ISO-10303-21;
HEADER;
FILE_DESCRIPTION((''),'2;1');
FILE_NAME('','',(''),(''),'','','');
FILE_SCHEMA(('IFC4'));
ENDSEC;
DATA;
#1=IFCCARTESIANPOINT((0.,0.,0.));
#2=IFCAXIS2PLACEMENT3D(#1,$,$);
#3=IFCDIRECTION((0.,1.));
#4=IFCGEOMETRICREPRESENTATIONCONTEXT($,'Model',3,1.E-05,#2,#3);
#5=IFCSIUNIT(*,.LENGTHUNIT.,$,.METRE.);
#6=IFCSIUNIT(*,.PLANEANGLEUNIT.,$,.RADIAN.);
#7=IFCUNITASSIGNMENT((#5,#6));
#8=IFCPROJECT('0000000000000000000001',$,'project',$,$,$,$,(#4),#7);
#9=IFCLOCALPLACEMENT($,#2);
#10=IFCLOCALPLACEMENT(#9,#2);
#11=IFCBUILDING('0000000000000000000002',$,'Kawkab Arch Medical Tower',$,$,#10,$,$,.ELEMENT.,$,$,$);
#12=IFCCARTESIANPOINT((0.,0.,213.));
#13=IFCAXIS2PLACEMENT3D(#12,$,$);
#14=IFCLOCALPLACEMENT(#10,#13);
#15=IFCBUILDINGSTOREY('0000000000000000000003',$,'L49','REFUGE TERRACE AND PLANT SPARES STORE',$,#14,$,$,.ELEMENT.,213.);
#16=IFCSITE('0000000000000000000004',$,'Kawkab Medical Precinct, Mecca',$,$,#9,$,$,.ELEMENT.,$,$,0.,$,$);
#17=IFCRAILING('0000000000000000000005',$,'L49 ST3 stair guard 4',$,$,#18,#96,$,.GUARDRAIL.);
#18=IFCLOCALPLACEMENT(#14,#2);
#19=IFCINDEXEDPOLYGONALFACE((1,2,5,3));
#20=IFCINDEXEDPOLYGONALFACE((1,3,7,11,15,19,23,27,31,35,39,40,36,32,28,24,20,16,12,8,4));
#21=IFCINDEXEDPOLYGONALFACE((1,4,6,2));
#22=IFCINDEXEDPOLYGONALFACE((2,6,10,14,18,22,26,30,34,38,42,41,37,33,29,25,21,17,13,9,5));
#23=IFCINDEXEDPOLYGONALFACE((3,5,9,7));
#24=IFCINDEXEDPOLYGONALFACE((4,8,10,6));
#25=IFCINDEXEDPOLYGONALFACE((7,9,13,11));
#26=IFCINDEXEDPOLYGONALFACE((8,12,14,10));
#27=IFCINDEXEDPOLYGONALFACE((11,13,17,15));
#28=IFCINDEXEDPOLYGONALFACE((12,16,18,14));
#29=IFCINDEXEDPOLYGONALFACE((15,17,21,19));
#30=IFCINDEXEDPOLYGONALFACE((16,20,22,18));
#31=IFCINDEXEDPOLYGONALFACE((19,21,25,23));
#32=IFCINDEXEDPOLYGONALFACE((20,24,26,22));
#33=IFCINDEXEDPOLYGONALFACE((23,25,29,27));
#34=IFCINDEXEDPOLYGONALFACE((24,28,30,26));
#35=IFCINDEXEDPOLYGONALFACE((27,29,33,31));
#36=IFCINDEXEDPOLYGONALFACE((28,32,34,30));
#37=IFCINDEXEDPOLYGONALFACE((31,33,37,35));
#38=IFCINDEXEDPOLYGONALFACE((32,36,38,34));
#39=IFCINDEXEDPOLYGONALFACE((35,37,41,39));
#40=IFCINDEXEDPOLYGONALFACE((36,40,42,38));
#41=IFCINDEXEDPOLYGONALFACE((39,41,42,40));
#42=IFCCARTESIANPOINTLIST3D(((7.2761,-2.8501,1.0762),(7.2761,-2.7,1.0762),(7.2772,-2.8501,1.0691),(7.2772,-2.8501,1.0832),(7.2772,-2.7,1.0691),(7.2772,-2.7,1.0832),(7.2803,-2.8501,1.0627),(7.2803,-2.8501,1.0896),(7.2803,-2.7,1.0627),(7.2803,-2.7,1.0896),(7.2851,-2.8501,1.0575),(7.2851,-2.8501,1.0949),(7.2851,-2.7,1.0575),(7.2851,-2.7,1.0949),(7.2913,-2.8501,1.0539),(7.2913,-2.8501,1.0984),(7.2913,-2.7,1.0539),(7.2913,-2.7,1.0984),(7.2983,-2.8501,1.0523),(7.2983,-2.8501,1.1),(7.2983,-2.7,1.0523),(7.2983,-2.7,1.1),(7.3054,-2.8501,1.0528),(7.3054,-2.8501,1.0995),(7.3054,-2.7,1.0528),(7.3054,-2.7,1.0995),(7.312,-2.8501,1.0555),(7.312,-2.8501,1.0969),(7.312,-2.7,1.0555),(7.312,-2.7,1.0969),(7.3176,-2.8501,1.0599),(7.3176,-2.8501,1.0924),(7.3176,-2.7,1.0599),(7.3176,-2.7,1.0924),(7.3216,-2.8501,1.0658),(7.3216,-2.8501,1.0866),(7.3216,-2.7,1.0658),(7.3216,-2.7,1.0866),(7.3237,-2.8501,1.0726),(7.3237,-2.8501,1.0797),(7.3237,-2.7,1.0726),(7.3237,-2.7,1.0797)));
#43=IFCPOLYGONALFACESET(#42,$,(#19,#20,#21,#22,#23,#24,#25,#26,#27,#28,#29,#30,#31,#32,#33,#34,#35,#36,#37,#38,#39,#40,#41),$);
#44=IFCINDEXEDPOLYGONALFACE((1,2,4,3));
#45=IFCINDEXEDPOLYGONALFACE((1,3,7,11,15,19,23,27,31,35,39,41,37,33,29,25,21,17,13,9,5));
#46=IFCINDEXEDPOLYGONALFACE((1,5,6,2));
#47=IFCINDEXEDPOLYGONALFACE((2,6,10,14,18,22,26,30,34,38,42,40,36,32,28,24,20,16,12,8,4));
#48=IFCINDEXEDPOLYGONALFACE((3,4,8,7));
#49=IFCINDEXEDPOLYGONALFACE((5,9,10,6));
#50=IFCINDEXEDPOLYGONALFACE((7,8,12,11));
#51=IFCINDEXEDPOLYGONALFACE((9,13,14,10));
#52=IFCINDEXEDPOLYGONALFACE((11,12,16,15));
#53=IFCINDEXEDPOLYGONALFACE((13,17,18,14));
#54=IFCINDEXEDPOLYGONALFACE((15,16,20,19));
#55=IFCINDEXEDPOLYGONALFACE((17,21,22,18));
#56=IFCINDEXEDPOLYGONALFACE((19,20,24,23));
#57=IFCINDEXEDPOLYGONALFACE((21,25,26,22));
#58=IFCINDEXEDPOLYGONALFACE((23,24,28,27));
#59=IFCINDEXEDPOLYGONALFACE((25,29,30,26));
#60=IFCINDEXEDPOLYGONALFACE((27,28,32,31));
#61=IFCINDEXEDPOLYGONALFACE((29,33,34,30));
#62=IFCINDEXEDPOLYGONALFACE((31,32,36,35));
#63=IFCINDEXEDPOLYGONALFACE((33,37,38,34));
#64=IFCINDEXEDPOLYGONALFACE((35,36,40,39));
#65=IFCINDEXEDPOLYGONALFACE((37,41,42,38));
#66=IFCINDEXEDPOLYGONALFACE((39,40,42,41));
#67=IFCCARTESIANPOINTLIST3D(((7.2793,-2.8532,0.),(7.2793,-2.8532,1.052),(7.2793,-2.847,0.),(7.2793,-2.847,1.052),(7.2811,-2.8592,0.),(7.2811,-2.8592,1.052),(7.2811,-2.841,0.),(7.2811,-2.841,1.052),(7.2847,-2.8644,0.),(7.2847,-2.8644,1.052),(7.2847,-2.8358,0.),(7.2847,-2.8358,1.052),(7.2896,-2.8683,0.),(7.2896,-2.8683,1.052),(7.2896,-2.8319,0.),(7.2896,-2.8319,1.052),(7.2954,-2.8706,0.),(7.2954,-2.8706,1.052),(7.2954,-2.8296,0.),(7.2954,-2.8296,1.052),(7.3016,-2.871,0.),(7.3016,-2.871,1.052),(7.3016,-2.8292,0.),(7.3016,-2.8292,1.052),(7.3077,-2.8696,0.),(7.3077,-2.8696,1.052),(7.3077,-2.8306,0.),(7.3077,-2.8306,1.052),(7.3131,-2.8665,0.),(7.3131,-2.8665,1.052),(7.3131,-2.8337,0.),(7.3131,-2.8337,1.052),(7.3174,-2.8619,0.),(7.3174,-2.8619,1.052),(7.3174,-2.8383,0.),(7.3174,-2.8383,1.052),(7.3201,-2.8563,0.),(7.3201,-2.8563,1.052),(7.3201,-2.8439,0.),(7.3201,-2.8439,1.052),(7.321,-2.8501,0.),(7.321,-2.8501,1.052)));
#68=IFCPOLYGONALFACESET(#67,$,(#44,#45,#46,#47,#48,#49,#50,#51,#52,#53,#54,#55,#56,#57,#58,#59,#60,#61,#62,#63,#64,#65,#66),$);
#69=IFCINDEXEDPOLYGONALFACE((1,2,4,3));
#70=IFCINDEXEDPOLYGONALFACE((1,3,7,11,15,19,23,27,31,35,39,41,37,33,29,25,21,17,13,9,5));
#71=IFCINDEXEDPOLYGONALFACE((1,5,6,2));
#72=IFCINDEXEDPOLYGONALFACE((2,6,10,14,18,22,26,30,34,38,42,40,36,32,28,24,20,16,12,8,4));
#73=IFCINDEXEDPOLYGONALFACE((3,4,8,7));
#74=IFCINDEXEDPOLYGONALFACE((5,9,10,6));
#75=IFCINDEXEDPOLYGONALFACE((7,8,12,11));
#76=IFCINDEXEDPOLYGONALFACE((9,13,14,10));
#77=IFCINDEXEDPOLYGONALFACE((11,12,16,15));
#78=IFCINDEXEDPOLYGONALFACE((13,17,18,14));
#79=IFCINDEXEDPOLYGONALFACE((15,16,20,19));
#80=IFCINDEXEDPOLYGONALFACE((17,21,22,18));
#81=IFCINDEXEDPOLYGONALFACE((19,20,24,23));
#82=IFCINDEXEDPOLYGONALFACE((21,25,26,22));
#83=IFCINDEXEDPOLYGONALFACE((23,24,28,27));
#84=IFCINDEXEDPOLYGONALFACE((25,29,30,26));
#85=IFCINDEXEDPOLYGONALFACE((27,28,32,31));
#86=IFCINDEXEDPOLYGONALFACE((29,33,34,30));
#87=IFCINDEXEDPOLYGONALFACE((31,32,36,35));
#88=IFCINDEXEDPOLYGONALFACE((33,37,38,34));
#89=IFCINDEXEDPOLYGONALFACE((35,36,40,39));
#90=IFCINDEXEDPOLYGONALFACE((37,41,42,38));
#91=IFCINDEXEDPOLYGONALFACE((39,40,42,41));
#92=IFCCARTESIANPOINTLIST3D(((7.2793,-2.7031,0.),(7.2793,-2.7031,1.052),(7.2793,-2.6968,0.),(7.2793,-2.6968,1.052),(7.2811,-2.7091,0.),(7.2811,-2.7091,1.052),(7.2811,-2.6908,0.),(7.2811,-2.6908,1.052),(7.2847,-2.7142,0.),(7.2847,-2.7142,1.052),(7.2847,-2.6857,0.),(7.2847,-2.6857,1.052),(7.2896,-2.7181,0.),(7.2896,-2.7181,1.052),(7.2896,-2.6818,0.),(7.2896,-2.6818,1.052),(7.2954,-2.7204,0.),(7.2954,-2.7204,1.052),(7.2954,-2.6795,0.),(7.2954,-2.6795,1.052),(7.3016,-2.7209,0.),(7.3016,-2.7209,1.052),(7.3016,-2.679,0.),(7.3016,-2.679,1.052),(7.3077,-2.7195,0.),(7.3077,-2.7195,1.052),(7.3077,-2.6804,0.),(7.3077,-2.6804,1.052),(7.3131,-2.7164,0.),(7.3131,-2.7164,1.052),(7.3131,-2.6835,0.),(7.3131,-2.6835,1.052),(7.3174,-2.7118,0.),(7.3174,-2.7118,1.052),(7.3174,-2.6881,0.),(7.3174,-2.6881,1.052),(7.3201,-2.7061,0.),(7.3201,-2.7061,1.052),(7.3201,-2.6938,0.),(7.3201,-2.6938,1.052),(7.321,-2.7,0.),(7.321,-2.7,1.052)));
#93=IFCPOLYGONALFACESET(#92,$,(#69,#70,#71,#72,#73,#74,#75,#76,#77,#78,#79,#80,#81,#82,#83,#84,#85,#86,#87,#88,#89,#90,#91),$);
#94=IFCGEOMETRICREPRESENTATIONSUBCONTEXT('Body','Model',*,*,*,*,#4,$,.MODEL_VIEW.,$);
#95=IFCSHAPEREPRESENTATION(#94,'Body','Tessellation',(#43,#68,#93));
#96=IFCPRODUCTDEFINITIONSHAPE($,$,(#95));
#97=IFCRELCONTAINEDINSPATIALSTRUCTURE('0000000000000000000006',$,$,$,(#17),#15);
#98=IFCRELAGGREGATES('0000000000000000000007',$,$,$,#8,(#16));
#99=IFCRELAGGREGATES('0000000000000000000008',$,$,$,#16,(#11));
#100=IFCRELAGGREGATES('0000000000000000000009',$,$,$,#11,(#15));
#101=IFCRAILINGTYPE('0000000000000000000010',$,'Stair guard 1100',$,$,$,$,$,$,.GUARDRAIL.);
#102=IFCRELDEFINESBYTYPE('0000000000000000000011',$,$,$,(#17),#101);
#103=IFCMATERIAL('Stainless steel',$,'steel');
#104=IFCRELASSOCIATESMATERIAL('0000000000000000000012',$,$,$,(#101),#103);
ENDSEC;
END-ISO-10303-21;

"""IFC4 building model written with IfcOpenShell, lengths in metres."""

from ifc_helpers import new_model, si_unit, direction, frame, origin, origin_2d, place, context, subcontext, project, spatial, circle, extrude, material, type_object, element, save


model = new_model("IFC4")

# Units and contexts
model_context = context("Model", 3, precision=1e-05, world=origin(), true_north=direction((0.0, 1.0)))
body_context = subcontext(model_context, "Body", "Model", "MODEL_VIEW")
ifc_project = project(units=[si_unit("LENGTHUNIT", "METRE"), si_unit("PLANEANGLEUNIT", "RADIAN")], contexts=[model_context])

# Site, building, storey
site_placement = place(None, origin())
site = spatial("IfcSite", under=ifc_project, at=site_placement, Name="Kawkab Medical Precinct, Mecca", CompositionType="ELEMENT", RefElevation=0.0)
building_placement = place(site_placement, origin())
building = spatial("IfcBuilding", under=site, at=building_placement, Name="Kawkab Arch Medical Tower", CompositionType="ELEMENT")
storey_placement = place(building_placement, frame((0.0, 0.0, 213.0)))
storey = spatial("IfcBuildingStorey", under=building, at=storey_placement, Name="L49", Description="REFUGE TERRACE AND PLANT SPARES STORE", CompositionType="ELEMENT", Elevation=213.0)

# Railing
ifc_material_1 = material(Name="Stainless steel", Category="steel")
railing_type = type_object("IfcRailingType", Name="Stair guard 1100", PredefinedType="GUARDRAIL", material=ifc_material_1)
railing_placement = place(storey_placement, frame((7.3, -2.8501, 0.0)))
element("IfcRailing", 1, at=railing_placement, inside=storey, type_object=railing_type, Name="L49 ST3 stair guard 4", PredefinedType="GUARDRAIL", context=body_context, shape_type="SweptSolid", body=[
    extrude(circle(Radius=0.0239, at=origin_2d()), frame((0.0, 0.0, 1.0762), z_axis=(0.0, 1.0, 0.0), x_axis=(-1.0, 0.0, 0.0)), (0.0, 0.0, 1.0), 0.1501),
    extrude(circle(Radius=0.021, at=origin_2d()), origin(), (0.0, 0.0, 1.0), 1.052),
    extrude(circle(Radius=0.021, at=origin_2d()), frame((0.0, 0.1501, 0.0)), (0.0, 0.0, 1.0), 1.052),
])

save(model, "model.ifc")
